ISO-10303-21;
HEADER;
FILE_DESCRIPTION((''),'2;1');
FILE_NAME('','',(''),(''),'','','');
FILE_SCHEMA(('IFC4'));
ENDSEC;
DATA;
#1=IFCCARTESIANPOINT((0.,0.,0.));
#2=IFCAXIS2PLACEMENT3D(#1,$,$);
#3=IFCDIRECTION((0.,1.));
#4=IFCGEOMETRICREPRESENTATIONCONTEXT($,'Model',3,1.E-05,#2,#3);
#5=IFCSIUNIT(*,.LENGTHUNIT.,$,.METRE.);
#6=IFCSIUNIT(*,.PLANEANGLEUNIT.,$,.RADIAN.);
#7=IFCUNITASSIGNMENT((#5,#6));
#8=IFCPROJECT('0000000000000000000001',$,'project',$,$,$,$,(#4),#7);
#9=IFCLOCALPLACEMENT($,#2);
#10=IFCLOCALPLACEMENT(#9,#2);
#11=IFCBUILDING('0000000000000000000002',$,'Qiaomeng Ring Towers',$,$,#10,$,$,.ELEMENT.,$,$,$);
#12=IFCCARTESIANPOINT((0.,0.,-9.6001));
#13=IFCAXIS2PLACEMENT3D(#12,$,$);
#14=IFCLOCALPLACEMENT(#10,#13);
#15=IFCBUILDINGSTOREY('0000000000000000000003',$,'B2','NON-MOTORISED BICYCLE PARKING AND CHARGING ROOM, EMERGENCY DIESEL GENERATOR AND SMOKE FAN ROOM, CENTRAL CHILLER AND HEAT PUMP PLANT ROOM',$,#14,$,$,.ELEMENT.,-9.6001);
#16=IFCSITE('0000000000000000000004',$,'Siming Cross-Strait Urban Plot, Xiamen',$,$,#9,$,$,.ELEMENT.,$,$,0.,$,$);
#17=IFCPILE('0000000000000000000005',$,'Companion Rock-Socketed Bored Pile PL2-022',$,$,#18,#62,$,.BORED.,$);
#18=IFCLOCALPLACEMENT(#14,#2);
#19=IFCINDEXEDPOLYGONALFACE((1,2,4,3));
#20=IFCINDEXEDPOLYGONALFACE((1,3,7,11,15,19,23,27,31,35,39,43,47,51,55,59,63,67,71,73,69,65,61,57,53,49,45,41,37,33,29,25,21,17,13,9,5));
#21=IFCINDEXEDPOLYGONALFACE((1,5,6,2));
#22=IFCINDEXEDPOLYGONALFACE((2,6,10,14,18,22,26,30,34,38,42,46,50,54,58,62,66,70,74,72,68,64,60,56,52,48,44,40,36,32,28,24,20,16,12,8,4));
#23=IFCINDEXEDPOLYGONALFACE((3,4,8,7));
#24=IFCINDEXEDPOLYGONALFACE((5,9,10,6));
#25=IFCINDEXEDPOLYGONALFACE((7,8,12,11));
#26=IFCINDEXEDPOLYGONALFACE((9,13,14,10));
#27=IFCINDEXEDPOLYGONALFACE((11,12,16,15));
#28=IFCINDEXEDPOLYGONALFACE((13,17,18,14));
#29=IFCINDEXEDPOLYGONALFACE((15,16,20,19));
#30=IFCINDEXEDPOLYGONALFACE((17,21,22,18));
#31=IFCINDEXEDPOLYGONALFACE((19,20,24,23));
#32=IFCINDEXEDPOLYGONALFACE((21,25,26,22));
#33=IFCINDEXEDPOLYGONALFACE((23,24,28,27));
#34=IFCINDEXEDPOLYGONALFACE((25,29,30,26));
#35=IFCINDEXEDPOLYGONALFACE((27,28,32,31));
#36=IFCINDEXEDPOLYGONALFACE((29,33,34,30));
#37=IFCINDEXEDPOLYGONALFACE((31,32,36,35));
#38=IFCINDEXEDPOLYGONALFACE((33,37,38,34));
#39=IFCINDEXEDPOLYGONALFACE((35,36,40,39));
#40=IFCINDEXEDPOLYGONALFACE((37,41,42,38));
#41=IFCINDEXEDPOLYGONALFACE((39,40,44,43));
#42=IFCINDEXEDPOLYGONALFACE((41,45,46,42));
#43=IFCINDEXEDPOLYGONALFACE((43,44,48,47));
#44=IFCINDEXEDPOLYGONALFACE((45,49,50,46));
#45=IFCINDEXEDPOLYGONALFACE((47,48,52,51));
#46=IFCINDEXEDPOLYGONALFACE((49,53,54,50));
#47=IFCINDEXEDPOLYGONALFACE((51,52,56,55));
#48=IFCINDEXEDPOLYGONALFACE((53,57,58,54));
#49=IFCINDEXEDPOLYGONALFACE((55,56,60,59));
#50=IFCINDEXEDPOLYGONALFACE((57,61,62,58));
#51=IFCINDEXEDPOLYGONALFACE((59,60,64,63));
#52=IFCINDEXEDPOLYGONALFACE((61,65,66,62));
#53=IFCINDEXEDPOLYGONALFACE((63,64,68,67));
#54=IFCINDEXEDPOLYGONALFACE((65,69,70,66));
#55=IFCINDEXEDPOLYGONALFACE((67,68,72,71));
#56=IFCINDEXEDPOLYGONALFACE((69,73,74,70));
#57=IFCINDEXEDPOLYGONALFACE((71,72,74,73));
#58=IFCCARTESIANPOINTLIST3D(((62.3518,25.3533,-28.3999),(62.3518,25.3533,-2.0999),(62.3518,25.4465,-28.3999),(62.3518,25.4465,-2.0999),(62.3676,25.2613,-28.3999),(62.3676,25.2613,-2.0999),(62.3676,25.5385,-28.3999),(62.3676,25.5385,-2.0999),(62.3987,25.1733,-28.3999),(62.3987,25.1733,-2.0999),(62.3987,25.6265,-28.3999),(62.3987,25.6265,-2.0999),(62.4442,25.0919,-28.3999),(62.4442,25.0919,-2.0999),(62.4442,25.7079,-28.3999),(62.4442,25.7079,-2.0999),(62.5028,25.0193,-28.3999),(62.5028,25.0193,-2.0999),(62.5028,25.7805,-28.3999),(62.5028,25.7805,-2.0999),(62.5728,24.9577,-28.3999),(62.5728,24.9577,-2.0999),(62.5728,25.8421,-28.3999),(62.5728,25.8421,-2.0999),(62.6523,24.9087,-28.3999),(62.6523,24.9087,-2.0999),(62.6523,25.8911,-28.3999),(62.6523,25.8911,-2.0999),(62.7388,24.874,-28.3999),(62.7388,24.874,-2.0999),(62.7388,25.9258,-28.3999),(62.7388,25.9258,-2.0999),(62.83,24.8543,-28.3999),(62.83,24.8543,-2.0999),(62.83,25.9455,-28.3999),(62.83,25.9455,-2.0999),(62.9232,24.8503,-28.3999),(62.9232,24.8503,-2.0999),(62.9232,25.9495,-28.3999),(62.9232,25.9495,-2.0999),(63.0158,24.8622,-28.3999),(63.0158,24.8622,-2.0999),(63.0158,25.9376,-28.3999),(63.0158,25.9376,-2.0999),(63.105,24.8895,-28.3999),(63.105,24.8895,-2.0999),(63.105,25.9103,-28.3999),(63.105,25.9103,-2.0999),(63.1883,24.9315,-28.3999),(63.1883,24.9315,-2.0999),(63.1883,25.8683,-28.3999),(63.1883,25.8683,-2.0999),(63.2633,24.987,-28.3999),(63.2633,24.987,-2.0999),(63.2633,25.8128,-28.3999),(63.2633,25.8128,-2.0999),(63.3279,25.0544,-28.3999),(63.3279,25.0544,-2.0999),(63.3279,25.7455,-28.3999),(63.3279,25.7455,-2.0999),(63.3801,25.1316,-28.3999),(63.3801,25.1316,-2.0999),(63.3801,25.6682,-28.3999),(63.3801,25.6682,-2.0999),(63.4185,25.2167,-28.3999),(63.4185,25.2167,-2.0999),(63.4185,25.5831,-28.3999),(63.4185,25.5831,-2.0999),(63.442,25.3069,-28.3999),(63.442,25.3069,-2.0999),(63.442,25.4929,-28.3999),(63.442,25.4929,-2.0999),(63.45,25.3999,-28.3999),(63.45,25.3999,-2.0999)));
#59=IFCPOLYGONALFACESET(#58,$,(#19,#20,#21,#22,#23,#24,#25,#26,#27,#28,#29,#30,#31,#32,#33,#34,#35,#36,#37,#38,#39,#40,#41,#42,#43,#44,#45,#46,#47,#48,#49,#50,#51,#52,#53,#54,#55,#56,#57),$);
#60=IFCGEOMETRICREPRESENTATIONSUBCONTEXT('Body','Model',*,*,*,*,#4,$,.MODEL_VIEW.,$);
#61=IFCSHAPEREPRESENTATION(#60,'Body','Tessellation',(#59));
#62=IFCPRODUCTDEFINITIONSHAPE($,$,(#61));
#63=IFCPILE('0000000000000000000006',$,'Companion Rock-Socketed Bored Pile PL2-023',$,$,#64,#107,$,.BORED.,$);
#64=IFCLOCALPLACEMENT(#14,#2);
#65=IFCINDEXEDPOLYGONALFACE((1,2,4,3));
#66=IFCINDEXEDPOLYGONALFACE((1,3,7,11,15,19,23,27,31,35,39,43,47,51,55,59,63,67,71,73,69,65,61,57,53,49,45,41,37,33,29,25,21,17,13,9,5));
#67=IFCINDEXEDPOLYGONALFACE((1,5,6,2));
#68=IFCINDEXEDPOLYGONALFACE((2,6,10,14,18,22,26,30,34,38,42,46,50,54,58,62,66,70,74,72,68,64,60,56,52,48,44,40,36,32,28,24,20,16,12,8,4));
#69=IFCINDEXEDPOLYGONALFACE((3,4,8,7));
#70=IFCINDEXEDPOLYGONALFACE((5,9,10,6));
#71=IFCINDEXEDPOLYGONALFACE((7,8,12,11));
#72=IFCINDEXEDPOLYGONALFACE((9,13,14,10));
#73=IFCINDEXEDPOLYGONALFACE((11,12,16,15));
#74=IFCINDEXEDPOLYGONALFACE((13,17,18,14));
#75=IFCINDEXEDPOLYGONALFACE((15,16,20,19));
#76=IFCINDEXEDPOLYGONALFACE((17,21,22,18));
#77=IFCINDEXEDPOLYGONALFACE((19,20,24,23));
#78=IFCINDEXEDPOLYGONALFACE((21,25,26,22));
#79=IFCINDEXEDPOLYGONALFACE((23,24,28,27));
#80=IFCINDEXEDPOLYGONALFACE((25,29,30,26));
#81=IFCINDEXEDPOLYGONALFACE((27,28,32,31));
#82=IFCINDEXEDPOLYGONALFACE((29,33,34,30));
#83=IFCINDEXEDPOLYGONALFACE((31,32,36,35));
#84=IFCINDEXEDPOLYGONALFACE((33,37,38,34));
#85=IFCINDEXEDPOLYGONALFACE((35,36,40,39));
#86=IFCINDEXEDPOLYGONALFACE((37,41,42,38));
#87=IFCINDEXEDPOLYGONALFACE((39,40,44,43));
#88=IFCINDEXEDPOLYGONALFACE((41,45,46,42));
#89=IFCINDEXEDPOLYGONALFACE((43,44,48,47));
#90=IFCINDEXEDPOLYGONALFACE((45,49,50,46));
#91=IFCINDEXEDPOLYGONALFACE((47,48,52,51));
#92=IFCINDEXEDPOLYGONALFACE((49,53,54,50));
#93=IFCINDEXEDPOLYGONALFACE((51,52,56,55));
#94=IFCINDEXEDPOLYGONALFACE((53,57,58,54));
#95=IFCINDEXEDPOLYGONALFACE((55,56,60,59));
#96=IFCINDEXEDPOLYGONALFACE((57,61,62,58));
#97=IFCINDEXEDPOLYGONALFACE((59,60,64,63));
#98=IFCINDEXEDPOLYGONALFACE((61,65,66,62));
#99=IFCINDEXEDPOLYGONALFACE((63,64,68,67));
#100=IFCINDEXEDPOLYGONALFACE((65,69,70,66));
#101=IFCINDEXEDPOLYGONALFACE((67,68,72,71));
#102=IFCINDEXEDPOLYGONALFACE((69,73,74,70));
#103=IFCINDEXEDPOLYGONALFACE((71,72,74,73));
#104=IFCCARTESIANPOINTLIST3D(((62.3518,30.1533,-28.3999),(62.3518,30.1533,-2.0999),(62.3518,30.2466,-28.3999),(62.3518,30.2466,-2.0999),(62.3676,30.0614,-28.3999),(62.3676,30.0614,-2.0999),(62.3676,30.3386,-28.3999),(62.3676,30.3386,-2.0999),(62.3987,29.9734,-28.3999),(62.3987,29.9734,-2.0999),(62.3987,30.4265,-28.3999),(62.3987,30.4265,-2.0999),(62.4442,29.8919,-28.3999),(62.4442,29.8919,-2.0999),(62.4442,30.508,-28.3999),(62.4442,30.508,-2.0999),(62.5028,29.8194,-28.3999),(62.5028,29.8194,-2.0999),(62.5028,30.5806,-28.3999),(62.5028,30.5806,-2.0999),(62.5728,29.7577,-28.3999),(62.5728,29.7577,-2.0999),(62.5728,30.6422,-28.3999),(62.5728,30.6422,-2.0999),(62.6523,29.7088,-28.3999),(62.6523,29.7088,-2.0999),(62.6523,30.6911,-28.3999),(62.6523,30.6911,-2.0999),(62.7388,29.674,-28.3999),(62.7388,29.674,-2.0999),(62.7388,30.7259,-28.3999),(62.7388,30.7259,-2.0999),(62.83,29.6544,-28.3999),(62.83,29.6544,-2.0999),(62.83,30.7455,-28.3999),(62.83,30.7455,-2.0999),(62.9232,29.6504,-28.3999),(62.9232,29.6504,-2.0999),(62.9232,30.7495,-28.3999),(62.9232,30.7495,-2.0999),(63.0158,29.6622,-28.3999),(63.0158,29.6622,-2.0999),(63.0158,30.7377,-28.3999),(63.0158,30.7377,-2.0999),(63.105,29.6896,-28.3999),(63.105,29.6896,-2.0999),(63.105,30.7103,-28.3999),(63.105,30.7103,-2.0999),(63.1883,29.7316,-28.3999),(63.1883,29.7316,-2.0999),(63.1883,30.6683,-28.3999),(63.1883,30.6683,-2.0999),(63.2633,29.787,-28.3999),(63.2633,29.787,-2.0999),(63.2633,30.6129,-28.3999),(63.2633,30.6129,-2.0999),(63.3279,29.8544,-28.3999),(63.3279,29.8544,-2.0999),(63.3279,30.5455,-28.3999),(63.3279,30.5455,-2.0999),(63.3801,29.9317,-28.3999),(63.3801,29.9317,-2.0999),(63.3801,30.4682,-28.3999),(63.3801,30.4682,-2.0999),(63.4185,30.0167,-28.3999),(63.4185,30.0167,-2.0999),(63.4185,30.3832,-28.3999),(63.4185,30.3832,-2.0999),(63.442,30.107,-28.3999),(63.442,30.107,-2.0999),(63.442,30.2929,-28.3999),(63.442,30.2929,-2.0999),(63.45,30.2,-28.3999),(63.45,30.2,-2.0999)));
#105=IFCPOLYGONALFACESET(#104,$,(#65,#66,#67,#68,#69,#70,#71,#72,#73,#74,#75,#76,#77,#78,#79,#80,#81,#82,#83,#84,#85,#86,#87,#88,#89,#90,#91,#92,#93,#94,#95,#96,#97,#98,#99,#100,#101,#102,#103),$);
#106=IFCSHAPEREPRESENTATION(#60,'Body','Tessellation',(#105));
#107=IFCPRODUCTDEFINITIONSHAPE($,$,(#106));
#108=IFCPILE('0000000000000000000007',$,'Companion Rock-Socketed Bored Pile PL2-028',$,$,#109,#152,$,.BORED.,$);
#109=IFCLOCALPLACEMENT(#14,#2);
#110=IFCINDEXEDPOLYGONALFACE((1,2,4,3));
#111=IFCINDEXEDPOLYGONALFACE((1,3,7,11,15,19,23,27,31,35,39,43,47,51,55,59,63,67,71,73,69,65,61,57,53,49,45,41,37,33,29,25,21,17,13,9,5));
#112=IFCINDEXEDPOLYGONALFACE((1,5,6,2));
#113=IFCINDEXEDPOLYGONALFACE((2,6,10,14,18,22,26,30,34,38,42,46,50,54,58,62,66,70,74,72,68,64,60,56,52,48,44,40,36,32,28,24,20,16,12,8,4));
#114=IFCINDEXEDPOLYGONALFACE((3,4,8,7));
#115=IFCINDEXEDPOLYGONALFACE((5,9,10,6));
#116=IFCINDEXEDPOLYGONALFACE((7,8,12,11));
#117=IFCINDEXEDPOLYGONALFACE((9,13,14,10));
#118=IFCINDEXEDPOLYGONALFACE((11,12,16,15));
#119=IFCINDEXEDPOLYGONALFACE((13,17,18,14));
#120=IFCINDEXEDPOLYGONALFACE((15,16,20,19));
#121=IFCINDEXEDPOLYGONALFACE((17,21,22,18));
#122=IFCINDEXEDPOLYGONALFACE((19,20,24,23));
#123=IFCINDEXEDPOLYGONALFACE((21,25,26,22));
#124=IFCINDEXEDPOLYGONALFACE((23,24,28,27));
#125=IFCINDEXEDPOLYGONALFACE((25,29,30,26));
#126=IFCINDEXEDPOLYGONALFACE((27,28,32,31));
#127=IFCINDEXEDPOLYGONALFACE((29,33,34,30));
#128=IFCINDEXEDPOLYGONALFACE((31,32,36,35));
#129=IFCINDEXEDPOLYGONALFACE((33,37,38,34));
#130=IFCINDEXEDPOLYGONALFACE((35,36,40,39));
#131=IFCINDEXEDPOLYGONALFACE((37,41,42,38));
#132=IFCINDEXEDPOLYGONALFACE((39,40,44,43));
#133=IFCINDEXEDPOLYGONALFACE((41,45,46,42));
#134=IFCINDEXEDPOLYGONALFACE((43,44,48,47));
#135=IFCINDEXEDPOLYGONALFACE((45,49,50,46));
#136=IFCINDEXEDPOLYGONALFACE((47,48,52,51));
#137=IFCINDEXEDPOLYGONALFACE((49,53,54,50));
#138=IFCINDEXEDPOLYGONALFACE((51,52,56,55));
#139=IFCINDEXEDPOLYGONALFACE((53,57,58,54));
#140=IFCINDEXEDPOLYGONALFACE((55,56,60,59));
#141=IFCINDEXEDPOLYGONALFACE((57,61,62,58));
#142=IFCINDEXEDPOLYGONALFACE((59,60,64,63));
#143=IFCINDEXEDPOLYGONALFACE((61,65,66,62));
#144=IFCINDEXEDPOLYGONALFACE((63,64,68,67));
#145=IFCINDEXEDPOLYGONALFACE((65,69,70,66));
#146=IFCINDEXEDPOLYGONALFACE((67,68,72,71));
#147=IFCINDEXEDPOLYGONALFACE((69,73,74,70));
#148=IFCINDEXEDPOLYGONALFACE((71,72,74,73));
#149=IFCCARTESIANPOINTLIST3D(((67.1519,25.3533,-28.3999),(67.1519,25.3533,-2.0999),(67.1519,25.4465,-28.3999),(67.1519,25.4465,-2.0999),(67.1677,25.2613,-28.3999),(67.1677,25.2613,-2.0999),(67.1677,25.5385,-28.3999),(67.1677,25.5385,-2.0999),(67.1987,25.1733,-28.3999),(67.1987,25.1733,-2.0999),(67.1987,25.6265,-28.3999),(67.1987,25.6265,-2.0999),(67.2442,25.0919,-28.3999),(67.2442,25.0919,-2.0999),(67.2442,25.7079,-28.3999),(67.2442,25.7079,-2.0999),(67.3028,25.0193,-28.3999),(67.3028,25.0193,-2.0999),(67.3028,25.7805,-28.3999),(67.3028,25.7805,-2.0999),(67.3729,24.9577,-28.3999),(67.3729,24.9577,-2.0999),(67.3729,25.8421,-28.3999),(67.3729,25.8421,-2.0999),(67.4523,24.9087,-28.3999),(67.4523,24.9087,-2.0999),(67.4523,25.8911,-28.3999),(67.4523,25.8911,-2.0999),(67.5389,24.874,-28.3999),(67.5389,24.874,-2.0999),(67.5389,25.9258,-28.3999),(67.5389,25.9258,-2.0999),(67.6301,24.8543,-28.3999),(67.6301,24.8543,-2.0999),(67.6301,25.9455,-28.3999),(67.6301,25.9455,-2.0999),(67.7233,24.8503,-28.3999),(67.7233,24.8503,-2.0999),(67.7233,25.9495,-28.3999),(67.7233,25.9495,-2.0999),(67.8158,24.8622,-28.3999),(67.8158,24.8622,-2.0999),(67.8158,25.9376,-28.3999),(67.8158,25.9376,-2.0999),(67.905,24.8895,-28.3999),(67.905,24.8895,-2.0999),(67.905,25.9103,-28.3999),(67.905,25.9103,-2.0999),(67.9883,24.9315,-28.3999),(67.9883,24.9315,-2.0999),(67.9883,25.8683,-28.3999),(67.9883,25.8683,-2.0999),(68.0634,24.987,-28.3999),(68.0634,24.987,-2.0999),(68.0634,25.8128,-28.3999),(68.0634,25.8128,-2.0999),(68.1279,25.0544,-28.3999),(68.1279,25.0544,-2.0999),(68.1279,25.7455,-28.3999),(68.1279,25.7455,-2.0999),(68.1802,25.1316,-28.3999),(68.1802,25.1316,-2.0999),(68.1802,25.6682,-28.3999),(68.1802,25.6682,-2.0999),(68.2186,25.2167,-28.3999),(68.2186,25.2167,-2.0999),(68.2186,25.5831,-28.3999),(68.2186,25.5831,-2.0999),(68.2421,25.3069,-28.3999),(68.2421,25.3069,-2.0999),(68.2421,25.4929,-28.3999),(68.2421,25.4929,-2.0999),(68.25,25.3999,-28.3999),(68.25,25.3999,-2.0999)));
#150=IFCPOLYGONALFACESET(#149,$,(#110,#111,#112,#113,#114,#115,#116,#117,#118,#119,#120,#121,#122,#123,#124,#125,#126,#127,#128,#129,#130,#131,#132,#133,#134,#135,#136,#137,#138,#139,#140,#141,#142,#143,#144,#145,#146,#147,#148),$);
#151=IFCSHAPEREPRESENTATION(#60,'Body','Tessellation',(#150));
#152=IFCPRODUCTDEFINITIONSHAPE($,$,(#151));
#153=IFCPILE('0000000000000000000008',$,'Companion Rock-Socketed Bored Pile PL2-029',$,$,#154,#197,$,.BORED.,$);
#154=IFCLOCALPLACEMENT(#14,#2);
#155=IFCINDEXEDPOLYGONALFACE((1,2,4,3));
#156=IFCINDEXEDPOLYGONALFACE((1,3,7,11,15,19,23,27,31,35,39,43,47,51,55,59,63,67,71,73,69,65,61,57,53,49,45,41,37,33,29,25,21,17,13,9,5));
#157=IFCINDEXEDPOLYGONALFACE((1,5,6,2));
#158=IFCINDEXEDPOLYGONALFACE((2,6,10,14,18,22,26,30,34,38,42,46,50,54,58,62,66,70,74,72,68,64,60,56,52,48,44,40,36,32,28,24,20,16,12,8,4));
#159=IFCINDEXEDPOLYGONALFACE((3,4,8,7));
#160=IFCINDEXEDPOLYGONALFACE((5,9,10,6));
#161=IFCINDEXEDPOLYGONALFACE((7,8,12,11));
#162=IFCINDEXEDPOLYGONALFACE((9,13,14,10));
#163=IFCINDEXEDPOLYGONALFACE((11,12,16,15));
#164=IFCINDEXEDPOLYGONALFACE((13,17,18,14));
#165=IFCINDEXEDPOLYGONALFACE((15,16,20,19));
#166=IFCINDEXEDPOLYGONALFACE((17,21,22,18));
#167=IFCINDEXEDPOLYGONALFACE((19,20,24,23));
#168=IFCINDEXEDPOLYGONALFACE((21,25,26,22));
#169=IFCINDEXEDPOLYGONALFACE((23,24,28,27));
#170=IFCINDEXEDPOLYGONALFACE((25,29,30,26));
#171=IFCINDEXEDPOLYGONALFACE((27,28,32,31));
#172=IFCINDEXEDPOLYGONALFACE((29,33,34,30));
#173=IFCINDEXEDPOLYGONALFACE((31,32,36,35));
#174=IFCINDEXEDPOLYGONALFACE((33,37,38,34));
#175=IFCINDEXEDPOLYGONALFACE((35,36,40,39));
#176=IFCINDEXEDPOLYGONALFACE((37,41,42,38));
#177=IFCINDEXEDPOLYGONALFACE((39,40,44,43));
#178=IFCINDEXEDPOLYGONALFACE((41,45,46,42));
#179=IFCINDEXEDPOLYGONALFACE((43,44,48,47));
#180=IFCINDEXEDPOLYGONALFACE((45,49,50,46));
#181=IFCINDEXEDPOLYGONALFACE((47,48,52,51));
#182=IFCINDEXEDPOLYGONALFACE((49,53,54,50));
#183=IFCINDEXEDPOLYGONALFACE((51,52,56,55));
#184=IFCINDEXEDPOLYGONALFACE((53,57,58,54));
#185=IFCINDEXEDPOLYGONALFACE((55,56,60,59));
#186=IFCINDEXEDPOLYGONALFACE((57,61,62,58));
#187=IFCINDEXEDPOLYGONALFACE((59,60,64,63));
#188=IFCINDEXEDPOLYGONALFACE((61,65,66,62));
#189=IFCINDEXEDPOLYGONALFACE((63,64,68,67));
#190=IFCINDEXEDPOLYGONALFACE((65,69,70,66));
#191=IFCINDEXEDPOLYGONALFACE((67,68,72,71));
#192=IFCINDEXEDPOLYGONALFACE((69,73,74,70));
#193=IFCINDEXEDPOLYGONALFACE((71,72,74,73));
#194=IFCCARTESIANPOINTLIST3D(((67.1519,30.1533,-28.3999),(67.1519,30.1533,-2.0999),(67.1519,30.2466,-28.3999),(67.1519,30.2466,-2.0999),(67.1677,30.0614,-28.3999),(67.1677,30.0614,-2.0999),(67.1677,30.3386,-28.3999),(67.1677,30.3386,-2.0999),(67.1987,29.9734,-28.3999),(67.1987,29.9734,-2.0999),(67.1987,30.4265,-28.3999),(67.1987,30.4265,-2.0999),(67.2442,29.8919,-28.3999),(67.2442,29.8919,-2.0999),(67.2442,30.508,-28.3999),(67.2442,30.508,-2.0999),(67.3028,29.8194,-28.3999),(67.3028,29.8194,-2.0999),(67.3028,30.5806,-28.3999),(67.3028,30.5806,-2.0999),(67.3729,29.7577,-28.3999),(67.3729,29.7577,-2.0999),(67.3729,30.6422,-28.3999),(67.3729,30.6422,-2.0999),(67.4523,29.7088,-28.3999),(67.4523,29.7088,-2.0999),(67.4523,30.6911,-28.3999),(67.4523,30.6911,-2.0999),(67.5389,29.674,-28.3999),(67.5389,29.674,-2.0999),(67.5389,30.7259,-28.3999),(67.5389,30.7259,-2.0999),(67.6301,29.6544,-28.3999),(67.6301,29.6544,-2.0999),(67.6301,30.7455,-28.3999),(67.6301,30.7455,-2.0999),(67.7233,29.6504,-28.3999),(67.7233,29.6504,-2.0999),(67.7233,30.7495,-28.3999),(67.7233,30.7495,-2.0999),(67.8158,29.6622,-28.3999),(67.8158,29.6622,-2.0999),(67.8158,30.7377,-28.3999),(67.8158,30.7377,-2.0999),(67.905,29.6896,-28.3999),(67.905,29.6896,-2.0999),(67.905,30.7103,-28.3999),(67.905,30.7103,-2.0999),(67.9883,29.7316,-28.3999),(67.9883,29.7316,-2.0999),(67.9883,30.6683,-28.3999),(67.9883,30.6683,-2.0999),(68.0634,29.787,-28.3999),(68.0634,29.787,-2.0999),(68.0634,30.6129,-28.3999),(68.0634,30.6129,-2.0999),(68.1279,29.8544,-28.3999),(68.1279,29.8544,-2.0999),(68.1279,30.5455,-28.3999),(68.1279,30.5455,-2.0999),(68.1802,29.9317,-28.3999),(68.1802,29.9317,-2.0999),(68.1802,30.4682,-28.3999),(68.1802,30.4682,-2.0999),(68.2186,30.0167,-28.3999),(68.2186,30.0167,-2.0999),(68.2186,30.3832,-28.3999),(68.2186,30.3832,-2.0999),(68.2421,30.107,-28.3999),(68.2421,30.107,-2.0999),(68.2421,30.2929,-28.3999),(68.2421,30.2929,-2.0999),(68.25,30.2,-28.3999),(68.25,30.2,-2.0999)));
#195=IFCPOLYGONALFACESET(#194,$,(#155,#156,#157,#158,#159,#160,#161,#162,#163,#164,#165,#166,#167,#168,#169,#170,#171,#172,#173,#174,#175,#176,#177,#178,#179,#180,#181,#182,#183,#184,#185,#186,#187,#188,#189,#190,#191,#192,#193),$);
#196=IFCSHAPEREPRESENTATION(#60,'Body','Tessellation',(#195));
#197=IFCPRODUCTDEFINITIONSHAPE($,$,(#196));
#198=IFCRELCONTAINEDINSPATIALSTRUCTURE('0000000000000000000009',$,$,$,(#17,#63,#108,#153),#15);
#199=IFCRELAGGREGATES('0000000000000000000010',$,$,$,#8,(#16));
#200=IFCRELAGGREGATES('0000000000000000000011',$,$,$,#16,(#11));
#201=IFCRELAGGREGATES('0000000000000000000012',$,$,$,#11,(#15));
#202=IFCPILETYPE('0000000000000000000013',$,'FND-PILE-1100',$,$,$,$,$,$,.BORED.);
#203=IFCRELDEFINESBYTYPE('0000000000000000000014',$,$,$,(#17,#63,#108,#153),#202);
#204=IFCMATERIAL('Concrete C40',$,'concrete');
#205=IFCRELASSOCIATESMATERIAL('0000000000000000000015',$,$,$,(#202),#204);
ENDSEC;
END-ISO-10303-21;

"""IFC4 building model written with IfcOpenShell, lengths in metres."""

from ifc_helpers import new_model, si_unit, direction, frame, origin, origin_2d, place, context, subcontext, project, spatial, circle, extrude, source, transform, mapped, material, material_profile, profile_set, type_object, element, save


model = new_model("IFC4")

# Units and contexts
model_context = context("Model", 3, precision=1e-05, world=origin(), true_north=direction((0.0, 1.0)))
body_context = subcontext(model_context, "Body", "Model", "MODEL_VIEW")
ifc_project = project(units=[si_unit("LENGTHUNIT", "METRE"), si_unit("PLANEANGLEUNIT", "RADIAN")], contexts=[model_context])

# Site, building, storey
site_placement = place(None, origin())
site = spatial("IfcSite", under=ifc_project, at=site_placement, Name="Siming Cross-Strait Urban Plot, Xiamen", CompositionType="ELEMENT", RefElevation=0.0)
building_placement = place(site_placement, origin())
building = spatial("IfcBuilding", under=site, at=building_placement, Name="Qiaomeng Ring Towers", CompositionType="ELEMENT")
storey_placement = place(building_placement, frame((0.0, 0.0, -9.6001)))
storey = spatial("IfcBuildingStorey", under=building, at=storey_placement, Name="B2", Description="NON-MOTORISED BICYCLE PARKING AND CHARGING ROOM, EMERGENCY DIESEL GENERATOR AND SMOKE FAN ROOM, CENTRAL CHILLER AND HEAT PUMP PLANT ROOM", CompositionType="ELEMENT", Elevation=-9.6001)

# Piles
ifc_material_1 = material(Name="Concrete C40", Category="concrete")
ifc_material_profile_1 = material_profile(ifc_material_1, circle(Radius=0.55, at=origin_2d()), Name="BORED PILE 1100")
ifc_profile_set_1 = profile_set([ifc_material_profile_1], Name="Concrete C40")
pile_type = type_object("IfcPileType", Name="FND-PILE-1100", PredefinedType="BORED", material=ifc_profile_set_1)
shared_shape_1 = source(origin(), body_context, "Body", "SweptSolid", [
    extrude(circle(Radius=0.55, at=origin_2d()), origin(), (0.0, 0.0, 1.0), 26.3),
])
for number, where, z_axis, x_axis, name in (
    (1, (62.8999, 25.3999, -2.0999), (0.0, 0.0, -1.0), (1.0, 0.0, 0.0), "Companion Rock-Socketed Bored Pile PL2-022"),
    (2, (62.8999, 30.2, -2.0999), (0.0, 0.0, -1.0), (1.0, 0.0, 0.0), "Companion Rock-Socketed Bored Pile PL2-023"),
    (3, (67.7, 25.3999, -2.0999), (0.0, 0.0, -1.0), (1.0, 0.0, 0.0), "Companion Rock-Socketed Bored Pile PL2-028"),
    (4, (67.7, 30.2, -2.0999), (0.0, 0.0, -1.0), (1.0, 0.0, 0.0), "Companion Rock-Socketed Bored Pile PL2-029"),
):
    element("IfcPile", number, at=place(storey_placement, frame(where, z_axis=z_axis, x_axis=x_axis)), inside=storey, type_object=pile_type, Name=name, PredefinedType="BORED", context=body_context, shape_type="MappedRepresentation", body=[
        mapped(shared_shape_1, transform((0.0, 0.0, 0.0), x_axis=(1.0, 0.0, 0.0), y_axis=(0.0, 1.0, 0.0), z_axis=(0.0, 0.0, 1.0), scale=1.0)),
    ])

save(model, "model.ifc")
